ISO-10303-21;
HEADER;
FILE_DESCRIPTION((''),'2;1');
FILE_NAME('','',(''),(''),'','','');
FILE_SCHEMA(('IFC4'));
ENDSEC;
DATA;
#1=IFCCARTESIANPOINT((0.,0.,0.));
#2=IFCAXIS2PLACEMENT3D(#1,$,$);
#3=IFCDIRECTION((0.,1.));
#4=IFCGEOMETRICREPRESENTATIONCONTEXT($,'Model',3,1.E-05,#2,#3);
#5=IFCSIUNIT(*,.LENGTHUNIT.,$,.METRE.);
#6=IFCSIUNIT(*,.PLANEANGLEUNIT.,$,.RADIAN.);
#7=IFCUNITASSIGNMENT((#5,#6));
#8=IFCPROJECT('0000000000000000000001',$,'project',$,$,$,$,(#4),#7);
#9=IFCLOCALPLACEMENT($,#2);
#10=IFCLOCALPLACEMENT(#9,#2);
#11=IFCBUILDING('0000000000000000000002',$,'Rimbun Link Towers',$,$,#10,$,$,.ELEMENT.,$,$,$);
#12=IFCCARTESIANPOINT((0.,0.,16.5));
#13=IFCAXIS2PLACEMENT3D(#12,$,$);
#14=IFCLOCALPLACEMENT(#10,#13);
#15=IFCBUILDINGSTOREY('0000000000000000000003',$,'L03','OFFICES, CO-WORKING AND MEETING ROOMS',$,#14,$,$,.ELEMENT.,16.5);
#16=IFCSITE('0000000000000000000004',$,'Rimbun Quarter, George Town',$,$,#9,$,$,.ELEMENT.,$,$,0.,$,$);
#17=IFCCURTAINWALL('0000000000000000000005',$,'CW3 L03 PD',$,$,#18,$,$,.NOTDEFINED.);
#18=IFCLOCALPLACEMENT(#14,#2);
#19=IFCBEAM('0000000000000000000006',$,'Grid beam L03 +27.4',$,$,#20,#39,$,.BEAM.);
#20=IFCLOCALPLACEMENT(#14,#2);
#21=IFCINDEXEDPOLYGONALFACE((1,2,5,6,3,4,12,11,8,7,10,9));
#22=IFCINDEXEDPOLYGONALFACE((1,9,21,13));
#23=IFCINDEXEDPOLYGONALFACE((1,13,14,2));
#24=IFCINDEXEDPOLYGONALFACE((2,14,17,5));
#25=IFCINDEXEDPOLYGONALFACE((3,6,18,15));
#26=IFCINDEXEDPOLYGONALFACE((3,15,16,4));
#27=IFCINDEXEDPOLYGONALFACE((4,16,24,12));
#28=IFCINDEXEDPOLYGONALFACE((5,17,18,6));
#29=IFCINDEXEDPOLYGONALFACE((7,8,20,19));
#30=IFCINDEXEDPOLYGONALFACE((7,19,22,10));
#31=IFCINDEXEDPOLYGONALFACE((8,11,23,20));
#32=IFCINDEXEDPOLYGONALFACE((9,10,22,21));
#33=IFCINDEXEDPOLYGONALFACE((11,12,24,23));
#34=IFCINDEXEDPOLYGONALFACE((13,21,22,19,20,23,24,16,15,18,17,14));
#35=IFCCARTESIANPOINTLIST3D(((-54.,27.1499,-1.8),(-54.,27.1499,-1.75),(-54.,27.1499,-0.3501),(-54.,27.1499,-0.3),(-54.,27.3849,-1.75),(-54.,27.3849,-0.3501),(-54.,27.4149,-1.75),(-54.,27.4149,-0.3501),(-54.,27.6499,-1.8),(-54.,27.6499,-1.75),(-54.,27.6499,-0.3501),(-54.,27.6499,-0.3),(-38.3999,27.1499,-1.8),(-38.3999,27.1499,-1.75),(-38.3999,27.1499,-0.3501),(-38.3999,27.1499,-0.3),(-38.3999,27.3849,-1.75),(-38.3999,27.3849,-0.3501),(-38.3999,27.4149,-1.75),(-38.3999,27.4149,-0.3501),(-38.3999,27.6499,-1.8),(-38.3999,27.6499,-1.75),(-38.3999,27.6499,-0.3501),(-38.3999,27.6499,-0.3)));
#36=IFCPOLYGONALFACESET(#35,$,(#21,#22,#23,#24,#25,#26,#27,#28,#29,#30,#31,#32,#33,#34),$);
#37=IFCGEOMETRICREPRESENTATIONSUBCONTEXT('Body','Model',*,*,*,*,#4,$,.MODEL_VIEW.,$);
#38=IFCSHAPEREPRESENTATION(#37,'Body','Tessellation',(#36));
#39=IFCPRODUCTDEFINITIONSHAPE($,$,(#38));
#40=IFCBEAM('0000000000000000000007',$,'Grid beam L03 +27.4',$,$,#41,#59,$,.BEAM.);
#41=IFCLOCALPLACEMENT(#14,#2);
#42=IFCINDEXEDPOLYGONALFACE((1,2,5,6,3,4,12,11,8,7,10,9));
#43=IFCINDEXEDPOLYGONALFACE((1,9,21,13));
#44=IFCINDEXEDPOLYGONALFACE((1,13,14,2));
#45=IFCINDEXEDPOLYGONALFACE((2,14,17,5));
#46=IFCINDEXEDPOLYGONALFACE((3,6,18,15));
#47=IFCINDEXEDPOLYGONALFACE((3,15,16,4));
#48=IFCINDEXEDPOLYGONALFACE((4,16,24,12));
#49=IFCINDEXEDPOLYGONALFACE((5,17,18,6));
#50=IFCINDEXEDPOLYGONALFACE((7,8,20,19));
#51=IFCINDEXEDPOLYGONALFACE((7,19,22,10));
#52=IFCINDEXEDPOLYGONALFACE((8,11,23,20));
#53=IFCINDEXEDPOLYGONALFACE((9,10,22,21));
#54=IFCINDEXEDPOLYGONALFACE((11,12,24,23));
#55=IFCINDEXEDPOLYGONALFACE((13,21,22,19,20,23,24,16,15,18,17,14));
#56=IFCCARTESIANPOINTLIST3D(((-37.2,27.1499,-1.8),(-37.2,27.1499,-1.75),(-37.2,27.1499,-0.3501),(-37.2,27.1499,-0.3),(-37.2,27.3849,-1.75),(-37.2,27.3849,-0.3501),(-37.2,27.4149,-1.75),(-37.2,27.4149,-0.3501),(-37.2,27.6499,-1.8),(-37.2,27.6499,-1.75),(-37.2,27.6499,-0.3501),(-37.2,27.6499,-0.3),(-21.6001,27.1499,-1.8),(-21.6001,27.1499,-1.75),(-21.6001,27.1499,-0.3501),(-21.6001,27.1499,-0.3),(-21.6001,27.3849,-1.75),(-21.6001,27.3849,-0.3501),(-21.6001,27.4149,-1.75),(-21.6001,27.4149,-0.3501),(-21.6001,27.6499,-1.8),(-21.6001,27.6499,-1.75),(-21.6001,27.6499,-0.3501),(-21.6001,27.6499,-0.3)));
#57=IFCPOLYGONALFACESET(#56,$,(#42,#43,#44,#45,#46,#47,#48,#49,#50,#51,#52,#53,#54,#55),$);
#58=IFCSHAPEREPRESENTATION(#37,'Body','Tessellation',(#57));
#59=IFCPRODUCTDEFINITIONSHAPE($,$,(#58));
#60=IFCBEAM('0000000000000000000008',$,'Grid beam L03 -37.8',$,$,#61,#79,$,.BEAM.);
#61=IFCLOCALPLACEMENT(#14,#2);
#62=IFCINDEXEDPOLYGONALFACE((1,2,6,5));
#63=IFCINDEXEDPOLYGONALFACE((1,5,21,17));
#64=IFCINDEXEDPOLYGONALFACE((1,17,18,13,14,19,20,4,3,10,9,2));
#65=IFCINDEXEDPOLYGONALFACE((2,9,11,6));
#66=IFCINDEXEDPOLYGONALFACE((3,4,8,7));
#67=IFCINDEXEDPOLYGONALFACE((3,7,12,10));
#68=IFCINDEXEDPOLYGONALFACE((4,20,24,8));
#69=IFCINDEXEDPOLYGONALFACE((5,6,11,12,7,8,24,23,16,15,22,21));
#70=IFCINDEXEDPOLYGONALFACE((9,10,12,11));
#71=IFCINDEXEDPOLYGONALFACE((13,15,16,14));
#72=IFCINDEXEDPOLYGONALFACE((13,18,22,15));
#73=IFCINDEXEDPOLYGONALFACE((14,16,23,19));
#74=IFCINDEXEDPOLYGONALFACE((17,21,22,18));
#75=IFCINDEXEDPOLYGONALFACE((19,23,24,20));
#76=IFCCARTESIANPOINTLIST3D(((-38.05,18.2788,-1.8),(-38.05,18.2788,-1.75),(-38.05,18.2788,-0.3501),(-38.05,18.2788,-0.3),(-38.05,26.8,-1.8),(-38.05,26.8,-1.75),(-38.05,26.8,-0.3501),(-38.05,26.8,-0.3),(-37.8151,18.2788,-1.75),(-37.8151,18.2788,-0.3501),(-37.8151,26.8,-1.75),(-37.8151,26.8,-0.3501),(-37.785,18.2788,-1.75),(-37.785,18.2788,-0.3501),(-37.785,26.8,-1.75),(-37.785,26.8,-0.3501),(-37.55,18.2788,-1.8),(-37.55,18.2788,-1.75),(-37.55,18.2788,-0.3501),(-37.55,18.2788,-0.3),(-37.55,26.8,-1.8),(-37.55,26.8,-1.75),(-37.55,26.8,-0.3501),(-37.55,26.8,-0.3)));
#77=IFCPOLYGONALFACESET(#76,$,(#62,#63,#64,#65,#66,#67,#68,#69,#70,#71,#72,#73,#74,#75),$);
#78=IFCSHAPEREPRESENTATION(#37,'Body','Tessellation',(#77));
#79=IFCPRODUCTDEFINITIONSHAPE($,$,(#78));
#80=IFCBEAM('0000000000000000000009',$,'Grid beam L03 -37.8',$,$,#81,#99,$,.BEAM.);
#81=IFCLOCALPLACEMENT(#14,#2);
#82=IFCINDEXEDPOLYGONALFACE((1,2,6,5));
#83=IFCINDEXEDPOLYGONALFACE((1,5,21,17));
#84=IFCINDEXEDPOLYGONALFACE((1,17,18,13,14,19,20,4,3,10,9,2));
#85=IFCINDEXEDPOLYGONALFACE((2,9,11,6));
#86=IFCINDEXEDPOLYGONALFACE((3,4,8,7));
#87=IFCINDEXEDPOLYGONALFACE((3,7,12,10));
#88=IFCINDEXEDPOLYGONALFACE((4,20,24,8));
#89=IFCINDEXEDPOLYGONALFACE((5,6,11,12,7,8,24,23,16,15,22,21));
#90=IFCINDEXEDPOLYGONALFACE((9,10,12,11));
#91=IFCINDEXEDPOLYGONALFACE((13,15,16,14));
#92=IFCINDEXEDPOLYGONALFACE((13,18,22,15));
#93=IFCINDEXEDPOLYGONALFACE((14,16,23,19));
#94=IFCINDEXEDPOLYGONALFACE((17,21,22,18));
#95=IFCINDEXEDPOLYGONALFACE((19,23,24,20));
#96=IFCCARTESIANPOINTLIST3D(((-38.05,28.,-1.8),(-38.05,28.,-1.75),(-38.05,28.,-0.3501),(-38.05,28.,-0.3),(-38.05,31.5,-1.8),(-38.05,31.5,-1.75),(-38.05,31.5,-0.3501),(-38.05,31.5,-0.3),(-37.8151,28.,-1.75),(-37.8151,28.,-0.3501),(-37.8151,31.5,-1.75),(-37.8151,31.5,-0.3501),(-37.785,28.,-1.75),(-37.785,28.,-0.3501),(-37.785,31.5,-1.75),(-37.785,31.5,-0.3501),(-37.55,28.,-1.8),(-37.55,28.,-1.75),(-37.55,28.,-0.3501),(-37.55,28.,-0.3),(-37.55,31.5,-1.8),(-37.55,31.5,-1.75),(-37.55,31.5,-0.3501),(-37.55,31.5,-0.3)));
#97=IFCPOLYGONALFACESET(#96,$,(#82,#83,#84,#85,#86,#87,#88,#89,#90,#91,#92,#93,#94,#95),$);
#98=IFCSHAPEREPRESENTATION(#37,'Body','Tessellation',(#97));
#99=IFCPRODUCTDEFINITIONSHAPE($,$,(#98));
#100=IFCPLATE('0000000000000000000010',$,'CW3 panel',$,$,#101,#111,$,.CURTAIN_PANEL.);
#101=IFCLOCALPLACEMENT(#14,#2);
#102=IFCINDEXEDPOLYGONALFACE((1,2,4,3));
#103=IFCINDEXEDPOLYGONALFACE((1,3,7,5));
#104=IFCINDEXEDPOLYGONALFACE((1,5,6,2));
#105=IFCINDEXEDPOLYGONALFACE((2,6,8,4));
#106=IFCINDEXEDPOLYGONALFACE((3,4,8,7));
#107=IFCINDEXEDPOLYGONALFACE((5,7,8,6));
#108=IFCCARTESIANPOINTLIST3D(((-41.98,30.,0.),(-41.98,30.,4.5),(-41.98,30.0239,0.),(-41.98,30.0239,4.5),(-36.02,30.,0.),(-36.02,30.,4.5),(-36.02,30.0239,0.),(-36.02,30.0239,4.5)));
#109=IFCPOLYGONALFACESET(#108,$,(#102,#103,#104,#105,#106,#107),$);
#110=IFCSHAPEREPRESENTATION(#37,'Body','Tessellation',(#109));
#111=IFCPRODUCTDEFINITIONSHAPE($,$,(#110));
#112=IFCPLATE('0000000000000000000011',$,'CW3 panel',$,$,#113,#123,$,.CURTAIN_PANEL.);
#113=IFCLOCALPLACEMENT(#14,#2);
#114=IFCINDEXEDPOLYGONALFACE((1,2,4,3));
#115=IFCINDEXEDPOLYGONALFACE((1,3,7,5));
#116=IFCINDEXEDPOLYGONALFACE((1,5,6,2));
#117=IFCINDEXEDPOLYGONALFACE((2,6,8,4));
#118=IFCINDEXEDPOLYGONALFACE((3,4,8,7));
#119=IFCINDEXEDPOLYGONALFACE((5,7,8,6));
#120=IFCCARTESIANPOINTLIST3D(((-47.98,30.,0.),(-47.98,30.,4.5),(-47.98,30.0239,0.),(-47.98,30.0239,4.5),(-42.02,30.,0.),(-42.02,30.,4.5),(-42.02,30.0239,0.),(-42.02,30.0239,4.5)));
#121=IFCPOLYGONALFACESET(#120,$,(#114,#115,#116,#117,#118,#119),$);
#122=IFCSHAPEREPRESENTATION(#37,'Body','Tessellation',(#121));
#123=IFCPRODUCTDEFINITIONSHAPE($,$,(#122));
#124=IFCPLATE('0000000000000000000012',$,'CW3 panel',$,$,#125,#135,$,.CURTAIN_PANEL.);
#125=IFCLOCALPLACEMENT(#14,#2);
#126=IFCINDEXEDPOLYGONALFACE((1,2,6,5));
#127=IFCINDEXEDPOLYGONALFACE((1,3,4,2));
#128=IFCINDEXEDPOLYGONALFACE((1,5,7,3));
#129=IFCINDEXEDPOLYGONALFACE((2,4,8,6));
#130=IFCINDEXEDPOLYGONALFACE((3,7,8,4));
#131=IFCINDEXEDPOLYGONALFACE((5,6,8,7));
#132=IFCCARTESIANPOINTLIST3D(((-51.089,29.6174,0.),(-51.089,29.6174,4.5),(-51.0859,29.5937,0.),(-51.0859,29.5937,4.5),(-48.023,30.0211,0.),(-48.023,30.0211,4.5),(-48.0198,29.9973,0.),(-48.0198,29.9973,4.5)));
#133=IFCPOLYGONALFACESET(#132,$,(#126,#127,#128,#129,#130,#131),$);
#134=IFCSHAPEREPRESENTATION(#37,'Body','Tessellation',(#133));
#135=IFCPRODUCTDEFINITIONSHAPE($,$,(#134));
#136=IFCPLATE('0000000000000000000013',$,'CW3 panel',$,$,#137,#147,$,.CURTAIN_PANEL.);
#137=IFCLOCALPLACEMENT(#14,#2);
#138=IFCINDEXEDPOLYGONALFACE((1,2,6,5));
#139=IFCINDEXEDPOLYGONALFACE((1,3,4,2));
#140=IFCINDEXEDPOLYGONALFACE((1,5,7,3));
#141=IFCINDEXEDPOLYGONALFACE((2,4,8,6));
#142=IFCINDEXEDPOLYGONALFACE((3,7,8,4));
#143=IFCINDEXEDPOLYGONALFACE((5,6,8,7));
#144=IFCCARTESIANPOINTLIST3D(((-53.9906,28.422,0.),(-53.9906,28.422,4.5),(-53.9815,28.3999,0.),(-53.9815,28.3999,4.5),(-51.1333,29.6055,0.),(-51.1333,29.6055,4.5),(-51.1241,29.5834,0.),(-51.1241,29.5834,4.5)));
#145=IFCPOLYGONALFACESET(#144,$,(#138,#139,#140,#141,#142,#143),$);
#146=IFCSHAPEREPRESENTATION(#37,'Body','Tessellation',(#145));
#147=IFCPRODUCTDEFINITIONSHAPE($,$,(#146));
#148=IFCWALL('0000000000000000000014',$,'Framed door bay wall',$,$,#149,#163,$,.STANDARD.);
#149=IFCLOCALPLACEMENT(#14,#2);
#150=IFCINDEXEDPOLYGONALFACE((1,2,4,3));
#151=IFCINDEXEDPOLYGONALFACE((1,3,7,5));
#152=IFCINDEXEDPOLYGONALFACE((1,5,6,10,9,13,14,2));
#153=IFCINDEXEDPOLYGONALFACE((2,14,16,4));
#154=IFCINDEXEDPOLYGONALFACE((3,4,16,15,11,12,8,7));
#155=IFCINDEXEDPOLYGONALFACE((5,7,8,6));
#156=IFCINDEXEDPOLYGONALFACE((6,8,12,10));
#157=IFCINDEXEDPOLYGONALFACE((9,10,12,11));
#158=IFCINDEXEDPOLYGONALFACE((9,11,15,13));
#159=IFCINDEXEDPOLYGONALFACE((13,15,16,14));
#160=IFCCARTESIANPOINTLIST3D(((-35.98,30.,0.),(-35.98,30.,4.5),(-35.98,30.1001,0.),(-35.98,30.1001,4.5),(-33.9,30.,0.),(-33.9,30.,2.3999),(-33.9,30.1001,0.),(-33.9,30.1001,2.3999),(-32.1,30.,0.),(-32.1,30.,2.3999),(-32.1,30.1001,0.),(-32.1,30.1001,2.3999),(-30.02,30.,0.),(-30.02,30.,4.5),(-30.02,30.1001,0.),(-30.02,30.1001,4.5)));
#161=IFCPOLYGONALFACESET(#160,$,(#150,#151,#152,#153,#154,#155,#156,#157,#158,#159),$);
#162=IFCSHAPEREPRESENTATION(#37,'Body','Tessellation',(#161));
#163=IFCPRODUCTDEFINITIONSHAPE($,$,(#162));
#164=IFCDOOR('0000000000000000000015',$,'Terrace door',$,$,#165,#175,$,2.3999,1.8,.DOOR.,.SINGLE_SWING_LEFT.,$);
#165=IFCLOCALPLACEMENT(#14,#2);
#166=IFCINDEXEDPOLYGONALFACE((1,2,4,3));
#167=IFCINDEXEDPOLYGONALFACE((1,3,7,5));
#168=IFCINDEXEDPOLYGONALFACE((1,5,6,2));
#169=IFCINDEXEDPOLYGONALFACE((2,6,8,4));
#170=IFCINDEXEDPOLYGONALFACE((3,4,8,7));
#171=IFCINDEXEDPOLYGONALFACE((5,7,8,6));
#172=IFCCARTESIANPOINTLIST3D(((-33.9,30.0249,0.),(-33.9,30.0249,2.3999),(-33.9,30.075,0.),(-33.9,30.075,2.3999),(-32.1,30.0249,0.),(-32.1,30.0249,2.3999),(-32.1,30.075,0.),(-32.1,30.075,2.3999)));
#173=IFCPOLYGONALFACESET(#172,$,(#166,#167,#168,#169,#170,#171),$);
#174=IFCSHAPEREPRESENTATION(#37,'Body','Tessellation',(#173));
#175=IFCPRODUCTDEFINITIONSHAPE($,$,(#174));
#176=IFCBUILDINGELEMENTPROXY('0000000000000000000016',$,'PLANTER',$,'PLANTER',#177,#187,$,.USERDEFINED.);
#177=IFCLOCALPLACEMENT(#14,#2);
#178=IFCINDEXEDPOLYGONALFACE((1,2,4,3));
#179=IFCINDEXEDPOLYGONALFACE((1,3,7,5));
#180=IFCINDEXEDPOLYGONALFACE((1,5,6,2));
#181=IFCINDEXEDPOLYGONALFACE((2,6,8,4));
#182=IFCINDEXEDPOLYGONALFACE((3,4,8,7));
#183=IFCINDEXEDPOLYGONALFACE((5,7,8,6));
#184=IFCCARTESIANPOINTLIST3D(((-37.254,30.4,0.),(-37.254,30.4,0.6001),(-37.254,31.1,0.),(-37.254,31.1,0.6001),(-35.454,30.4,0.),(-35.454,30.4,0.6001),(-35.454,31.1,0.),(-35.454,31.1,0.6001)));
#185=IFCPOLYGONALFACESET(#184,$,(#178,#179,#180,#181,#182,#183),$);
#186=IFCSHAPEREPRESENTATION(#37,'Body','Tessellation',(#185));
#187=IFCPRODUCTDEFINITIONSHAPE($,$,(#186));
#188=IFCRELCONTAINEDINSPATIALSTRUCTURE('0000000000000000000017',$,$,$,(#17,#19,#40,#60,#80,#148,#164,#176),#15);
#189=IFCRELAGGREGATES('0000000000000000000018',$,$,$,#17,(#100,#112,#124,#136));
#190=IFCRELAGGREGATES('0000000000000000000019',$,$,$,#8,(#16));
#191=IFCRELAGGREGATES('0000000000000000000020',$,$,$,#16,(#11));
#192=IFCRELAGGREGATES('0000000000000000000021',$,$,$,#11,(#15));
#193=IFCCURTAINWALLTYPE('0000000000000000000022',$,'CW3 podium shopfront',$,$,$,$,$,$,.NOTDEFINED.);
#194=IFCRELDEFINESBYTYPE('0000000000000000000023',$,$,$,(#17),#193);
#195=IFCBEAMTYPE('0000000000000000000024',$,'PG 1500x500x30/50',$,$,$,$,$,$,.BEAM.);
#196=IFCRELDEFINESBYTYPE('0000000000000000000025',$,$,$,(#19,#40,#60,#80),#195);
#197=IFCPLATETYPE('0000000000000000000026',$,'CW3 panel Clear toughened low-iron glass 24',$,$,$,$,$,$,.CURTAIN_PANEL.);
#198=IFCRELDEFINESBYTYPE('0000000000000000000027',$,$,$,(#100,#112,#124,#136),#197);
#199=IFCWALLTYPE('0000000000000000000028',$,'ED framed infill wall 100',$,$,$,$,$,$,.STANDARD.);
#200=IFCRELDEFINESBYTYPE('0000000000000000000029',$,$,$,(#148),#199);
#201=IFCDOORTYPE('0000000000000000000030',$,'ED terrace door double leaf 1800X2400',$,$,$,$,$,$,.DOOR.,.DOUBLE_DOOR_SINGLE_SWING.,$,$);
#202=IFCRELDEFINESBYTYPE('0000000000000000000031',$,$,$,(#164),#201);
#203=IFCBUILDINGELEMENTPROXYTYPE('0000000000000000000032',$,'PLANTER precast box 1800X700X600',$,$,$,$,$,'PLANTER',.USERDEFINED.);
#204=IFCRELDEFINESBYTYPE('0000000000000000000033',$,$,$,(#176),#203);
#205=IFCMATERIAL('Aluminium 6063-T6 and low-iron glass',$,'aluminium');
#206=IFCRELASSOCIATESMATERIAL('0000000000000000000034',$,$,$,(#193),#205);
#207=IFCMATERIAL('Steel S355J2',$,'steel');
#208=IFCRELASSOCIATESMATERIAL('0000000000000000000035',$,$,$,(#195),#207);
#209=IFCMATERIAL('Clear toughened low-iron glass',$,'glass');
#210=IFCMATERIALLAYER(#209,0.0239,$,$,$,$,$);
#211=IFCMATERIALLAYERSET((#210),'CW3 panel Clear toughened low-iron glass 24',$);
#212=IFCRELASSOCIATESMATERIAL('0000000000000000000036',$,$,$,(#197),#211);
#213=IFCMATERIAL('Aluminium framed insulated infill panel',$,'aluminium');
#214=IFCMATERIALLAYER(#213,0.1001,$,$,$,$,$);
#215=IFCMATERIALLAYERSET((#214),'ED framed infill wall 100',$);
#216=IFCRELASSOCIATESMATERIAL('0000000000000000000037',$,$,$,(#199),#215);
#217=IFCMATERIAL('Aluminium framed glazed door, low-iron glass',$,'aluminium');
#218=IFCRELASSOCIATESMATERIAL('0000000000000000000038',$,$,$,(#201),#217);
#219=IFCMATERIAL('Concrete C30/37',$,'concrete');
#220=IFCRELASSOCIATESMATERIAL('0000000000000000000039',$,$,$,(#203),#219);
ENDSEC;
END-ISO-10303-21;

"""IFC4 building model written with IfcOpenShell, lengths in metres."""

from ifc_helpers import new_model, si_unit, direction, frame, frame_2d, origin, origin_2d, place, context, subcontext, project, spatial, rectangle, i_section, extrude, material, layer, layer_set, material_profile, profile_set, type_object, element, fill, aggregate, save


model = new_model("IFC4")

# Units and contexts
model_context = context("Model", 3, precision=1e-05, world=origin(), true_north=direction((0.0, 1.0)))
body_context = subcontext(model_context, "Body", "Model", "MODEL_VIEW")
ifc_project = project(units=[si_unit("LENGTHUNIT", "METRE"), si_unit("PLANEANGLEUNIT", "RADIAN")], contexts=[model_context])

# Site, building, storey
site_placement = place(None, origin())
site = spatial("IfcSite", under=ifc_project, at=site_placement, Name="Rimbun Quarter, George Town", CompositionType="ELEMENT", RefElevation=0.0)
building_placement = place(site_placement, origin())
building = spatial("IfcBuilding", under=site, at=building_placement, Name="Rimbun Link Towers", CompositionType="ELEMENT")
storey_placement = place(building_placement, frame((0.0, 0.0, 16.5)))
storey = spatial("IfcBuildingStorey", under=building, at=storey_placement, Name="L03", Description="OFFICES, CO-WORKING AND MEETING ROOMS", CompositionType="ELEMENT", Elevation=16.5)

# Curtain wall
ifc_material_1 = material(Name="Aluminium 6063-T6 and low-iron glass", Category="aluminium")
curtain_wall_type = type_object("IfcCurtainWallType", Name="CW3 podium shopfront", PredefinedType="NOTDEFINED", material=ifc_material_1)
curtain_wall_placement = place(storey_placement, origin())
curtain_wall = element("IfcCurtainWall", 1, at=curtain_wall_placement, inside=storey, type_object=curtain_wall_type, Name="CW3 L03 PD", PredefinedType="NOTDEFINED")

# Beams
ifc_material_2 = material(Name="Steel S355J2", Category="steel")
ifc_material_profile_1 = material_profile(ifc_material_2, i_section(OverallWidth=0.5, OverallDepth=1.5, WebThickness=0.03, FlangeThickness=0.05, at=origin_2d()), Name="PG 1500x500x30/50")
ifc_profile_set_1 = profile_set([ifc_material_profile_1], Name="Steel S355J2")
beam_type = type_object("IfcBeamType", Name="PG 1500x500x30/50", PredefinedType="BEAM", material=ifc_profile_set_1)
beam_1_placement = place(storey_placement, frame((-54.0, 27.3999, -1.05), z_axis=(1.0, 0.0, 0.0), x_axis=(0.0, 1.0, 0.0)))
element("IfcBeam", 2, at=beam_1_placement, inside=storey, type_object=beam_type, Name="Grid beam L03 +27.4", PredefinedType="BEAM", context=body_context, shape_type="SweptSolid", body=[
    extrude(i_section(OverallWidth=0.5, OverallDepth=1.5, WebThickness=0.03, FlangeThickness=0.05, at=origin_2d()), origin(), (0.0, 0.0, 1.0), 15.6001),
])
beam_2_placement = place(storey_placement, frame((-37.2, 27.3999, -1.05), z_axis=(1.0, 0.0, 0.0), x_axis=(0.0, 1.0, 0.0)))
element("IfcBeam", 3, at=beam_2_placement, inside=storey, type_object=beam_type, Name="Grid beam L03 +27.4", PredefinedType="BEAM", context=body_context, shape_type="SweptSolid", body=[
    extrude(i_section(OverallWidth=0.5, OverallDepth=1.5, WebThickness=0.03, FlangeThickness=0.05, at=origin_2d()), origin(), (0.0, 0.0, 1.0), 15.5999),
])
beam_3_placement = place(storey_placement, frame((-37.8, 18.2788, -1.05), z_axis=(0.0, 1.0, 0.0), x_axis=(-1.0, 0.0, 0.0)))
element("IfcBeam", 4, at=beam_3_placement, inside=storey, type_object=beam_type, Name="Grid beam L03 -37.8", PredefinedType="BEAM", context=body_context, shape_type="SweptSolid", body=[
    extrude(i_section(OverallWidth=0.5, OverallDepth=1.5, WebThickness=0.03, FlangeThickness=0.05, at=origin_2d()), origin(), (0.0, 0.0, 1.0), 8.5212),
])
beam_4_placement = place(storey_placement, frame((-37.8, 28.0, -1.05), z_axis=(0.0, 1.0, 0.0), x_axis=(-1.0, 0.0, 0.0)))
element("IfcBeam", 5, at=beam_4_placement, inside=storey, type_object=beam_type, Name="Grid beam L03 -37.8", PredefinedType="BEAM", context=body_context, shape_type="SweptSolid", body=[
    extrude(i_section(OverallWidth=0.5, OverallDepth=1.5, WebThickness=0.03, FlangeThickness=0.05, at=origin_2d()), origin(), (0.0, 0.0, 1.0), 3.5),
])

# Plates
ifc_material_3 = material(Name="Clear toughened low-iron glass", Category="glass")
ifc_layer_1 = layer(ifc_material_3, 0.0239)
ifc_layer_set_1 = layer_set([ifc_layer_1], Name="CW3 panel Clear toughened low-iron glass 24")
plate_type = type_object("IfcPlateType", Name="CW3 panel Clear toughened low-iron glass 24", PredefinedType="CURTAIN_PANEL", material=ifc_layer_set_1)
plate_1_placement = place(storey_placement, frame((-39.0, 30.012, 0.0), z_axis=(0.0, 0.0, 1.0), x_axis=(1.0, 0.0, 0.0)))
plate_1 = element("IfcPlate", 6, at=plate_1_placement, type_object=plate_type, Name="CW3 panel", PredefinedType="CURTAIN_PANEL", context=body_context, shape_type="SweptSolid", body=[
    extrude(rectangle(XDim=5.96, YDim=0.0239, at=origin_2d()), origin(), (0.0, 0.0, 1.0), 4.5),
])
plate_2_placement = place(storey_placement, frame((-45.0, 30.012, 0.0), z_axis=(0.0, 0.0, 1.0), x_axis=(1.0, 0.0, 0.0)))
plate_2 = element("IfcPlate", 7, at=plate_2_placement, type_object=plate_type, Name="CW3 panel", PredefinedType="CURTAIN_PANEL", context=body_context, shape_type="SweptSolid", body=[
    extrude(rectangle(XDim=5.96, YDim=0.0239, at=origin_2d()), origin(), (0.0, 0.0, 1.0), 4.5),
])
plate_3_placement = place(storey_placement, frame((-49.5544, 29.8074, 0.0), z_axis=(0.0, 0.0, 1.0), x_axis=(0.991444, 0.13053, 0.0)))
plate_3 = element("IfcPlate", 8, at=plate_3_placement, type_object=plate_type, Name="CW3 panel", PredefinedType="CURTAIN_PANEL", context=body_context, shape_type="SweptSolid", body=[
    extrude(rectangle(XDim=3.0925, YDim=0.0239, at=origin_2d()), origin(), (0.0, 0.0, 1.0), 4.5),
])
plate_4_placement = place(storey_placement, frame((-52.5574, 29.0027, 0.0), z_axis=(0.0, 0.0, 1.0), x_axis=(0.923881, 0.382679, 0.0)))
plate_4 = element("IfcPlate", 9, at=plate_4_placement, type_object=plate_type, Name="CW3 panel", PredefinedType="CURTAIN_PANEL", context=body_context, shape_type="SweptSolid", body=[
    extrude(rectangle(XDim=3.0928, YDim=0.0239, at=origin_2d()), origin(), (0.0, 0.0, 1.0), 4.5),
])
aggregate(curtain_wall, [plate_1, plate_2, plate_3, plate_4])

# Wall, opening, door
ifc_material_4 = material(Name="Aluminium framed insulated infill panel", Category="aluminium")
ifc_layer_2 = layer(ifc_material_4, 0.1001)
ifc_layer_set_2 = layer_set([ifc_layer_2], Name="ED framed infill wall 100")
wall_type = type_object("IfcWallType", Name="ED framed infill wall 100", PredefinedType="STANDARD", material=ifc_layer_set_2)
wall_placement = place(storey_placement, frame((-35.98, 30.05, 0.0), z_axis=(0.0, 0.0, 1.0), x_axis=(1.0, 0.0, 0.0)))
wall = element("IfcWall", 10, at=wall_placement, inside=storey, type_object=wall_type, Name="Framed door bay wall", PredefinedType="STANDARD", context=body_context, shape_type="SweptSolid", body=[
    extrude(rectangle(XDim=5.96, YDim=0.1001, at=frame_2d((2.98, 0.0))), origin(), (0.0, 0.0, 1.0), 4.5),
])
opening_placement = place(wall_placement, frame((2.0801, 0.0, 0.0)))
opening = element("IfcOpeningElement", 11, at=opening_placement, cuts=wall, PredefinedType="OPENING", context=body_context, shape_type="SweptSolid", body=[
    extrude(rectangle(XDim=1.8, YDim=2.3999, at=frame_2d((0.8999, 1.2))), frame((0.0, 0.0601, 0.0), z_axis=(0.0, -1.0, 0.0), x_axis=(1.0, 0.0, 0.0)), (0.0, 0.0, 1.0), 0.1201),
])
ifc_material_5 = material(Name="Aluminium framed glazed door, low-iron glass", Category="aluminium")
door_type = type_object("IfcDoorType", Name="ED terrace door double leaf 1800X2400", OperationType="DOUBLE_DOOR_SINGLE_SWING", PredefinedType="DOOR", material=ifc_material_5)
door_placement = place(opening_placement, origin())
door = element("IfcDoor", 12, at=door_placement, inside=storey, type_object=door_type, Name="Terrace door", OperationType="SINGLE_SWING_LEFT", OverallHeight=2.3999, OverallWidth=1.8, PredefinedType="DOOR", context=body_context, shape_type="SweptSolid", body=[
    extrude(rectangle(XDim=1.8, YDim=2.3999, at=frame_2d((0.8999, 1.2))), frame((0.0, 0.0249, 0.0), z_axis=(0.0, -1.0, 0.0), x_axis=(1.0, 0.0, 0.0)), (0.0, 0.0, 1.0), 0.05),
])
fill(opening, door)

# Building element proxy
ifc_material_6 = material(Name="Concrete C30/37", Category="concrete")
building_element_proxy_type = type_object("IfcBuildingElementProxyType", Name="PLANTER precast box 1800X700X600", ElementType="PLANTER", PredefinedType="USERDEFINED", material=ifc_material_6)
for number, where, z_axis, x_axis, name in (
    (13, (-36.354, 30.75, 0.0), (0.0, 0.0, 1.0), (-1.0, 0.0, 0.0), "PLANTER"),
):
    element("IfcBuildingElementProxy", number, at=place(storey_placement, frame(where, z_axis=z_axis, x_axis=x_axis)), inside=storey, type_object=building_element_proxy_type, Name=name, ObjectType="PLANTER", PredefinedType="USERDEFINED", context=body_context, shape_type="SweptSolid", body=[
        extrude(rectangle(XDim=1.8, YDim=0.7, at=origin_2d()), origin(), (0.0, 0.0, 1.0), 0.6001),
    ])

save(model, "model.ifc")
